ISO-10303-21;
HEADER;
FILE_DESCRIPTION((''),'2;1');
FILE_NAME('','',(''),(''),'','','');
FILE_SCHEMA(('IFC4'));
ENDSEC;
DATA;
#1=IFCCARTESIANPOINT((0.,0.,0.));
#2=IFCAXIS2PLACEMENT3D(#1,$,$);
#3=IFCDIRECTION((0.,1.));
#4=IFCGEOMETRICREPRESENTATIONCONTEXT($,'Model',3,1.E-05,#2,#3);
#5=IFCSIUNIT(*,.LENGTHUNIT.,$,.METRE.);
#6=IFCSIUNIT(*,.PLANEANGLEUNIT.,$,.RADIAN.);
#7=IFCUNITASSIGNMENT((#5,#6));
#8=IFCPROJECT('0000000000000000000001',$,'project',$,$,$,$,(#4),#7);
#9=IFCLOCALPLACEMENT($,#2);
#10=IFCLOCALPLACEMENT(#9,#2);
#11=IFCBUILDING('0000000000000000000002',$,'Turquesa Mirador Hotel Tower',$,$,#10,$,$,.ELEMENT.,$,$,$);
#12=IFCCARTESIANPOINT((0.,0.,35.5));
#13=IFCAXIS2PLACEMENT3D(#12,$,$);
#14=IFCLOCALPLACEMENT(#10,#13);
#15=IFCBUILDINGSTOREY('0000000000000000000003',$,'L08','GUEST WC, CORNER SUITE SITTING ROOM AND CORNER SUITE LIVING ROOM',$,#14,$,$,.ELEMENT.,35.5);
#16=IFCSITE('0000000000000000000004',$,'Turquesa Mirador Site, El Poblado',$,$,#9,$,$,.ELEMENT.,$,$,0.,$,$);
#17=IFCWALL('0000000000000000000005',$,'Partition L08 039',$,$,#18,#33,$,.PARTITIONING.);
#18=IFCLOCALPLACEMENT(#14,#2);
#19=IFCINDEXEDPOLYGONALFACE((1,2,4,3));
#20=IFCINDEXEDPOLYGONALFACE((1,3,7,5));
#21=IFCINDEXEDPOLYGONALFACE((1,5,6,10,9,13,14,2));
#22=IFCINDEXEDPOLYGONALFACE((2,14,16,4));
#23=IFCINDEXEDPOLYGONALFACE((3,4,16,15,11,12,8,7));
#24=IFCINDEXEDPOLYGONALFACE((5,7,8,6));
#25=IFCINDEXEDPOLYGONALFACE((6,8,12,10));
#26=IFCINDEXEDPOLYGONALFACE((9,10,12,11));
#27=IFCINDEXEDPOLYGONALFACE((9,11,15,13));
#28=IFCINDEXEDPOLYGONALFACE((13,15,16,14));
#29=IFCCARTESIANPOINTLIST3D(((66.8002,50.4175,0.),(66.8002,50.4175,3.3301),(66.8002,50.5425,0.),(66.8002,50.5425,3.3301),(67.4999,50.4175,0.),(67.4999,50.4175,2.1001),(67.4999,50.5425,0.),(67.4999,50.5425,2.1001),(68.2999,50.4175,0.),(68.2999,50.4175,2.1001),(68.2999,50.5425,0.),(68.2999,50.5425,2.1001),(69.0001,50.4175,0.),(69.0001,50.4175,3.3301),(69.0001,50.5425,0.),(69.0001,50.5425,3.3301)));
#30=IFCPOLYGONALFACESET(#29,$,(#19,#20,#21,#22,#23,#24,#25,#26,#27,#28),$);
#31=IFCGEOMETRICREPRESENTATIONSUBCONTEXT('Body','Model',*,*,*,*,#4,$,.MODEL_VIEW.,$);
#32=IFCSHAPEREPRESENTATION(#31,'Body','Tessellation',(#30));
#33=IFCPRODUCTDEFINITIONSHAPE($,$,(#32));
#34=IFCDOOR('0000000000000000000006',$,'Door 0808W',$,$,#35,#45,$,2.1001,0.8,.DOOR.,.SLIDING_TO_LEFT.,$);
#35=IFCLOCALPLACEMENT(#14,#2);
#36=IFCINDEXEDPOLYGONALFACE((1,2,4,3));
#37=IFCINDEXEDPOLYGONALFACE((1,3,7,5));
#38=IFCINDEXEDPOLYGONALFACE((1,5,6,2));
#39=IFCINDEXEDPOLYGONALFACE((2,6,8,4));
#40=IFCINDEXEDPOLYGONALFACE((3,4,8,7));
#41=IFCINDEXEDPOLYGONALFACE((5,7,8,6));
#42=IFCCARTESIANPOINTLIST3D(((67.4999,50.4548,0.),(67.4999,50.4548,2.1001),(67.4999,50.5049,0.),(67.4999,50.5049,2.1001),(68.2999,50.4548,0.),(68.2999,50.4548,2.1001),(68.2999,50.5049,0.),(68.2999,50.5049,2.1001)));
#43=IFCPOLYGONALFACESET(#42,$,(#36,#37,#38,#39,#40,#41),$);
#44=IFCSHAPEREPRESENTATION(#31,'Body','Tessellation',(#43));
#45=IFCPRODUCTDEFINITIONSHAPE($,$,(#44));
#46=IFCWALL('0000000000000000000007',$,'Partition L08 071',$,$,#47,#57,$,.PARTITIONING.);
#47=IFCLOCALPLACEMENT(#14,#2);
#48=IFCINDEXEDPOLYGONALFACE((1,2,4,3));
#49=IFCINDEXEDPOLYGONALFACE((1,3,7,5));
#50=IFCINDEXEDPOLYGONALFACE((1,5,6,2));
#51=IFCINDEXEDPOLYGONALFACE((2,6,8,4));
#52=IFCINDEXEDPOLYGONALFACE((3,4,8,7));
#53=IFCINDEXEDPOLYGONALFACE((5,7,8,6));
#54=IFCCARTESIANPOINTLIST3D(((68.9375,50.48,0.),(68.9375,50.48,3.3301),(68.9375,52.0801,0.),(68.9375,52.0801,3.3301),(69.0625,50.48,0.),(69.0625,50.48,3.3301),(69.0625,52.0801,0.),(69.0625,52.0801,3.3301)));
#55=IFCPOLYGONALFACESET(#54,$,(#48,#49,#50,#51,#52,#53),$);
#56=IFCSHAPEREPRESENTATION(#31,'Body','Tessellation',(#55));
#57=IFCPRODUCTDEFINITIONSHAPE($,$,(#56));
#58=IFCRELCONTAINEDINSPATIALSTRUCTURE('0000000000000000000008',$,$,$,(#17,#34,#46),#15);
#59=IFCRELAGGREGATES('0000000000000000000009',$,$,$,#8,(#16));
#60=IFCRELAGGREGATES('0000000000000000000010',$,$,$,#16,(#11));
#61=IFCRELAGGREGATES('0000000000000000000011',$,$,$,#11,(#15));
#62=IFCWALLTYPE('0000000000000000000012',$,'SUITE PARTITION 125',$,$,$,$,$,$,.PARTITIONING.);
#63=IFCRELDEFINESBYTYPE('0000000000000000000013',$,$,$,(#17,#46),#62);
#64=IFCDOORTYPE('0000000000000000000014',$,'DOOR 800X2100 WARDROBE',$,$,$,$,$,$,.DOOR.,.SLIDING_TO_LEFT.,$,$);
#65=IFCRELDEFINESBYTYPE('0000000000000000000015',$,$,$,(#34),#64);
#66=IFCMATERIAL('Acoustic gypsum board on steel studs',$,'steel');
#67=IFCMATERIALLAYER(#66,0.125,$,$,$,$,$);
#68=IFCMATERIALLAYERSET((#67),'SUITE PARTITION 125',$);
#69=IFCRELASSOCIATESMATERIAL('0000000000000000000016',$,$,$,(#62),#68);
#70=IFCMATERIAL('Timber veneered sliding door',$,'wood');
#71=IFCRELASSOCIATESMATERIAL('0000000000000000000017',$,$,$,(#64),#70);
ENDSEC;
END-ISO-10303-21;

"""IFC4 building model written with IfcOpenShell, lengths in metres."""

from ifc_helpers import new_model, si_unit, direction, frame, frame_2d, origin, place, context, subcontext, project, spatial, rectangle, extrude, material, layer, layer_set, type_object, element, fill, save


model = new_model("IFC4")

# Units and contexts
model_context = context("Model", 3, precision=1e-05, world=origin(), true_north=direction((0.0, 1.0)))
body_context = subcontext(model_context, "Body", "Model", "MODEL_VIEW")
ifc_project = project(units=[si_unit("LENGTHUNIT", "METRE"), si_unit("PLANEANGLEUNIT", "RADIAN")], contexts=[model_context])

# Site, building, storey
site_placement = place(None, origin())
site = spatial("IfcSite", under=ifc_project, at=site_placement, Name="Turquesa Mirador Site, El Poblado", CompositionType="ELEMENT", RefElevation=0.0)
building_placement = place(site_placement, origin())
building = spatial("IfcBuilding", under=site, at=building_placement, Name="Turquesa Mirador Hotel Tower", CompositionType="ELEMENT")
storey_placement = place(building_placement, frame((0.0, 0.0, 35.5)))
storey = spatial("IfcBuildingStorey", under=building, at=storey_placement, Name="L08", Description="GUEST WC, CORNER SUITE SITTING ROOM AND CORNER SUITE LIVING ROOM", CompositionType="ELEMENT", Elevation=35.5)

# Shared definitions
ifc_material_1 = material(Name="Acoustic gypsum board on steel studs", Category="steel")
ifc_layer_1 = layer(ifc_material_1, 0.125)
ifc_layer_set_1 = layer_set([ifc_layer_1], Name="SUITE PARTITION 125")
wall_type_1 = type_object("IfcWallType", Name="SUITE PARTITION 125", PredefinedType="PARTITIONING", material=ifc_layer_set_1)

# Wall, opening, door
wall_1_placement = place(storey_placement, frame((66.8, 50.48, 0.0), z_axis=(0.0, 0.0, 1.0), x_axis=(1.0, 0.0, 0.0)))
wall_1 = element("IfcWall", 1, at=wall_1_placement, inside=storey, type_object=wall_type_1, Name="Partition L08 039", PredefinedType="PARTITIONING", context=body_context, shape_type="SweptSolid", body=[
    extrude(rectangle(XDim=2.2, YDim=0.125, at=frame_2d((1.1001, 0.0))), origin(), (0.0, 0.0, 1.0), 3.3301),
])
opening_1_placement = place(wall_1_placement, frame((0.7, 0.0, 0.0)))
opening_1 = element("IfcOpeningElement", 2, at=opening_1_placement, cuts=wall_1, PredefinedType="OPENING", context=body_context, shape_type="SweptSolid", body=[
    extrude(rectangle(XDim=0.8, YDim=2.1001, at=frame_2d((0.3999, 1.05))), frame((0.0, 0.0725, 0.0), z_axis=(0.0, -1.0, 0.0), x_axis=(1.0, 0.0, 0.0)), (0.0, 0.0, 1.0), 0.145),
])
ifc_material_2 = material(Name="Timber veneered sliding door", Category="wood")
door_type_1 = type_object("IfcDoorType", Name="DOOR 800X2100 WARDROBE", OperationType="SLIDING_TO_LEFT", PredefinedType="DOOR", material=ifc_material_2)
door_1_placement = place(opening_1_placement, origin())
door_1 = element("IfcDoor", 3, at=door_1_placement, inside=storey, type_object=door_type_1, Name="Door 0808W", OperationType="SLIDING_TO_LEFT", OverallHeight=2.1001, OverallWidth=0.8, PredefinedType="DOOR", context=body_context, shape_type="SweptSolid", body=[
    extrude(rectangle(XDim=0.8, YDim=2.1001, at=frame_2d((0.3999, 1.05))), frame((0.0, 0.0249, 0.0), z_axis=(0.0, -1.0, 0.0), x_axis=(1.0, 0.0, 0.0)), (0.0, 0.0, 1.0), 0.05),
])
fill(opening_1, door_1)

# Wall
wall_2_placement = place(storey_placement, frame((69.0, 50.48, 0.0), z_axis=(0.0, 0.0, 1.0), x_axis=(0.0, 1.0, 0.0)))
element("IfcWall", 4, at=wall_2_placement, inside=storey, type_object=wall_type_1, Name="Partition L08 071", PredefinedType="PARTITIONING", context=body_context, shape_type="SweptSolid", body=[
    extrude(rectangle(XDim=1.6001, YDim=0.125, at=frame_2d((0.8, 0.0))), origin(), (0.0, 0.0, 1.0), 3.3301),
])

save(model, "model.ifc")
